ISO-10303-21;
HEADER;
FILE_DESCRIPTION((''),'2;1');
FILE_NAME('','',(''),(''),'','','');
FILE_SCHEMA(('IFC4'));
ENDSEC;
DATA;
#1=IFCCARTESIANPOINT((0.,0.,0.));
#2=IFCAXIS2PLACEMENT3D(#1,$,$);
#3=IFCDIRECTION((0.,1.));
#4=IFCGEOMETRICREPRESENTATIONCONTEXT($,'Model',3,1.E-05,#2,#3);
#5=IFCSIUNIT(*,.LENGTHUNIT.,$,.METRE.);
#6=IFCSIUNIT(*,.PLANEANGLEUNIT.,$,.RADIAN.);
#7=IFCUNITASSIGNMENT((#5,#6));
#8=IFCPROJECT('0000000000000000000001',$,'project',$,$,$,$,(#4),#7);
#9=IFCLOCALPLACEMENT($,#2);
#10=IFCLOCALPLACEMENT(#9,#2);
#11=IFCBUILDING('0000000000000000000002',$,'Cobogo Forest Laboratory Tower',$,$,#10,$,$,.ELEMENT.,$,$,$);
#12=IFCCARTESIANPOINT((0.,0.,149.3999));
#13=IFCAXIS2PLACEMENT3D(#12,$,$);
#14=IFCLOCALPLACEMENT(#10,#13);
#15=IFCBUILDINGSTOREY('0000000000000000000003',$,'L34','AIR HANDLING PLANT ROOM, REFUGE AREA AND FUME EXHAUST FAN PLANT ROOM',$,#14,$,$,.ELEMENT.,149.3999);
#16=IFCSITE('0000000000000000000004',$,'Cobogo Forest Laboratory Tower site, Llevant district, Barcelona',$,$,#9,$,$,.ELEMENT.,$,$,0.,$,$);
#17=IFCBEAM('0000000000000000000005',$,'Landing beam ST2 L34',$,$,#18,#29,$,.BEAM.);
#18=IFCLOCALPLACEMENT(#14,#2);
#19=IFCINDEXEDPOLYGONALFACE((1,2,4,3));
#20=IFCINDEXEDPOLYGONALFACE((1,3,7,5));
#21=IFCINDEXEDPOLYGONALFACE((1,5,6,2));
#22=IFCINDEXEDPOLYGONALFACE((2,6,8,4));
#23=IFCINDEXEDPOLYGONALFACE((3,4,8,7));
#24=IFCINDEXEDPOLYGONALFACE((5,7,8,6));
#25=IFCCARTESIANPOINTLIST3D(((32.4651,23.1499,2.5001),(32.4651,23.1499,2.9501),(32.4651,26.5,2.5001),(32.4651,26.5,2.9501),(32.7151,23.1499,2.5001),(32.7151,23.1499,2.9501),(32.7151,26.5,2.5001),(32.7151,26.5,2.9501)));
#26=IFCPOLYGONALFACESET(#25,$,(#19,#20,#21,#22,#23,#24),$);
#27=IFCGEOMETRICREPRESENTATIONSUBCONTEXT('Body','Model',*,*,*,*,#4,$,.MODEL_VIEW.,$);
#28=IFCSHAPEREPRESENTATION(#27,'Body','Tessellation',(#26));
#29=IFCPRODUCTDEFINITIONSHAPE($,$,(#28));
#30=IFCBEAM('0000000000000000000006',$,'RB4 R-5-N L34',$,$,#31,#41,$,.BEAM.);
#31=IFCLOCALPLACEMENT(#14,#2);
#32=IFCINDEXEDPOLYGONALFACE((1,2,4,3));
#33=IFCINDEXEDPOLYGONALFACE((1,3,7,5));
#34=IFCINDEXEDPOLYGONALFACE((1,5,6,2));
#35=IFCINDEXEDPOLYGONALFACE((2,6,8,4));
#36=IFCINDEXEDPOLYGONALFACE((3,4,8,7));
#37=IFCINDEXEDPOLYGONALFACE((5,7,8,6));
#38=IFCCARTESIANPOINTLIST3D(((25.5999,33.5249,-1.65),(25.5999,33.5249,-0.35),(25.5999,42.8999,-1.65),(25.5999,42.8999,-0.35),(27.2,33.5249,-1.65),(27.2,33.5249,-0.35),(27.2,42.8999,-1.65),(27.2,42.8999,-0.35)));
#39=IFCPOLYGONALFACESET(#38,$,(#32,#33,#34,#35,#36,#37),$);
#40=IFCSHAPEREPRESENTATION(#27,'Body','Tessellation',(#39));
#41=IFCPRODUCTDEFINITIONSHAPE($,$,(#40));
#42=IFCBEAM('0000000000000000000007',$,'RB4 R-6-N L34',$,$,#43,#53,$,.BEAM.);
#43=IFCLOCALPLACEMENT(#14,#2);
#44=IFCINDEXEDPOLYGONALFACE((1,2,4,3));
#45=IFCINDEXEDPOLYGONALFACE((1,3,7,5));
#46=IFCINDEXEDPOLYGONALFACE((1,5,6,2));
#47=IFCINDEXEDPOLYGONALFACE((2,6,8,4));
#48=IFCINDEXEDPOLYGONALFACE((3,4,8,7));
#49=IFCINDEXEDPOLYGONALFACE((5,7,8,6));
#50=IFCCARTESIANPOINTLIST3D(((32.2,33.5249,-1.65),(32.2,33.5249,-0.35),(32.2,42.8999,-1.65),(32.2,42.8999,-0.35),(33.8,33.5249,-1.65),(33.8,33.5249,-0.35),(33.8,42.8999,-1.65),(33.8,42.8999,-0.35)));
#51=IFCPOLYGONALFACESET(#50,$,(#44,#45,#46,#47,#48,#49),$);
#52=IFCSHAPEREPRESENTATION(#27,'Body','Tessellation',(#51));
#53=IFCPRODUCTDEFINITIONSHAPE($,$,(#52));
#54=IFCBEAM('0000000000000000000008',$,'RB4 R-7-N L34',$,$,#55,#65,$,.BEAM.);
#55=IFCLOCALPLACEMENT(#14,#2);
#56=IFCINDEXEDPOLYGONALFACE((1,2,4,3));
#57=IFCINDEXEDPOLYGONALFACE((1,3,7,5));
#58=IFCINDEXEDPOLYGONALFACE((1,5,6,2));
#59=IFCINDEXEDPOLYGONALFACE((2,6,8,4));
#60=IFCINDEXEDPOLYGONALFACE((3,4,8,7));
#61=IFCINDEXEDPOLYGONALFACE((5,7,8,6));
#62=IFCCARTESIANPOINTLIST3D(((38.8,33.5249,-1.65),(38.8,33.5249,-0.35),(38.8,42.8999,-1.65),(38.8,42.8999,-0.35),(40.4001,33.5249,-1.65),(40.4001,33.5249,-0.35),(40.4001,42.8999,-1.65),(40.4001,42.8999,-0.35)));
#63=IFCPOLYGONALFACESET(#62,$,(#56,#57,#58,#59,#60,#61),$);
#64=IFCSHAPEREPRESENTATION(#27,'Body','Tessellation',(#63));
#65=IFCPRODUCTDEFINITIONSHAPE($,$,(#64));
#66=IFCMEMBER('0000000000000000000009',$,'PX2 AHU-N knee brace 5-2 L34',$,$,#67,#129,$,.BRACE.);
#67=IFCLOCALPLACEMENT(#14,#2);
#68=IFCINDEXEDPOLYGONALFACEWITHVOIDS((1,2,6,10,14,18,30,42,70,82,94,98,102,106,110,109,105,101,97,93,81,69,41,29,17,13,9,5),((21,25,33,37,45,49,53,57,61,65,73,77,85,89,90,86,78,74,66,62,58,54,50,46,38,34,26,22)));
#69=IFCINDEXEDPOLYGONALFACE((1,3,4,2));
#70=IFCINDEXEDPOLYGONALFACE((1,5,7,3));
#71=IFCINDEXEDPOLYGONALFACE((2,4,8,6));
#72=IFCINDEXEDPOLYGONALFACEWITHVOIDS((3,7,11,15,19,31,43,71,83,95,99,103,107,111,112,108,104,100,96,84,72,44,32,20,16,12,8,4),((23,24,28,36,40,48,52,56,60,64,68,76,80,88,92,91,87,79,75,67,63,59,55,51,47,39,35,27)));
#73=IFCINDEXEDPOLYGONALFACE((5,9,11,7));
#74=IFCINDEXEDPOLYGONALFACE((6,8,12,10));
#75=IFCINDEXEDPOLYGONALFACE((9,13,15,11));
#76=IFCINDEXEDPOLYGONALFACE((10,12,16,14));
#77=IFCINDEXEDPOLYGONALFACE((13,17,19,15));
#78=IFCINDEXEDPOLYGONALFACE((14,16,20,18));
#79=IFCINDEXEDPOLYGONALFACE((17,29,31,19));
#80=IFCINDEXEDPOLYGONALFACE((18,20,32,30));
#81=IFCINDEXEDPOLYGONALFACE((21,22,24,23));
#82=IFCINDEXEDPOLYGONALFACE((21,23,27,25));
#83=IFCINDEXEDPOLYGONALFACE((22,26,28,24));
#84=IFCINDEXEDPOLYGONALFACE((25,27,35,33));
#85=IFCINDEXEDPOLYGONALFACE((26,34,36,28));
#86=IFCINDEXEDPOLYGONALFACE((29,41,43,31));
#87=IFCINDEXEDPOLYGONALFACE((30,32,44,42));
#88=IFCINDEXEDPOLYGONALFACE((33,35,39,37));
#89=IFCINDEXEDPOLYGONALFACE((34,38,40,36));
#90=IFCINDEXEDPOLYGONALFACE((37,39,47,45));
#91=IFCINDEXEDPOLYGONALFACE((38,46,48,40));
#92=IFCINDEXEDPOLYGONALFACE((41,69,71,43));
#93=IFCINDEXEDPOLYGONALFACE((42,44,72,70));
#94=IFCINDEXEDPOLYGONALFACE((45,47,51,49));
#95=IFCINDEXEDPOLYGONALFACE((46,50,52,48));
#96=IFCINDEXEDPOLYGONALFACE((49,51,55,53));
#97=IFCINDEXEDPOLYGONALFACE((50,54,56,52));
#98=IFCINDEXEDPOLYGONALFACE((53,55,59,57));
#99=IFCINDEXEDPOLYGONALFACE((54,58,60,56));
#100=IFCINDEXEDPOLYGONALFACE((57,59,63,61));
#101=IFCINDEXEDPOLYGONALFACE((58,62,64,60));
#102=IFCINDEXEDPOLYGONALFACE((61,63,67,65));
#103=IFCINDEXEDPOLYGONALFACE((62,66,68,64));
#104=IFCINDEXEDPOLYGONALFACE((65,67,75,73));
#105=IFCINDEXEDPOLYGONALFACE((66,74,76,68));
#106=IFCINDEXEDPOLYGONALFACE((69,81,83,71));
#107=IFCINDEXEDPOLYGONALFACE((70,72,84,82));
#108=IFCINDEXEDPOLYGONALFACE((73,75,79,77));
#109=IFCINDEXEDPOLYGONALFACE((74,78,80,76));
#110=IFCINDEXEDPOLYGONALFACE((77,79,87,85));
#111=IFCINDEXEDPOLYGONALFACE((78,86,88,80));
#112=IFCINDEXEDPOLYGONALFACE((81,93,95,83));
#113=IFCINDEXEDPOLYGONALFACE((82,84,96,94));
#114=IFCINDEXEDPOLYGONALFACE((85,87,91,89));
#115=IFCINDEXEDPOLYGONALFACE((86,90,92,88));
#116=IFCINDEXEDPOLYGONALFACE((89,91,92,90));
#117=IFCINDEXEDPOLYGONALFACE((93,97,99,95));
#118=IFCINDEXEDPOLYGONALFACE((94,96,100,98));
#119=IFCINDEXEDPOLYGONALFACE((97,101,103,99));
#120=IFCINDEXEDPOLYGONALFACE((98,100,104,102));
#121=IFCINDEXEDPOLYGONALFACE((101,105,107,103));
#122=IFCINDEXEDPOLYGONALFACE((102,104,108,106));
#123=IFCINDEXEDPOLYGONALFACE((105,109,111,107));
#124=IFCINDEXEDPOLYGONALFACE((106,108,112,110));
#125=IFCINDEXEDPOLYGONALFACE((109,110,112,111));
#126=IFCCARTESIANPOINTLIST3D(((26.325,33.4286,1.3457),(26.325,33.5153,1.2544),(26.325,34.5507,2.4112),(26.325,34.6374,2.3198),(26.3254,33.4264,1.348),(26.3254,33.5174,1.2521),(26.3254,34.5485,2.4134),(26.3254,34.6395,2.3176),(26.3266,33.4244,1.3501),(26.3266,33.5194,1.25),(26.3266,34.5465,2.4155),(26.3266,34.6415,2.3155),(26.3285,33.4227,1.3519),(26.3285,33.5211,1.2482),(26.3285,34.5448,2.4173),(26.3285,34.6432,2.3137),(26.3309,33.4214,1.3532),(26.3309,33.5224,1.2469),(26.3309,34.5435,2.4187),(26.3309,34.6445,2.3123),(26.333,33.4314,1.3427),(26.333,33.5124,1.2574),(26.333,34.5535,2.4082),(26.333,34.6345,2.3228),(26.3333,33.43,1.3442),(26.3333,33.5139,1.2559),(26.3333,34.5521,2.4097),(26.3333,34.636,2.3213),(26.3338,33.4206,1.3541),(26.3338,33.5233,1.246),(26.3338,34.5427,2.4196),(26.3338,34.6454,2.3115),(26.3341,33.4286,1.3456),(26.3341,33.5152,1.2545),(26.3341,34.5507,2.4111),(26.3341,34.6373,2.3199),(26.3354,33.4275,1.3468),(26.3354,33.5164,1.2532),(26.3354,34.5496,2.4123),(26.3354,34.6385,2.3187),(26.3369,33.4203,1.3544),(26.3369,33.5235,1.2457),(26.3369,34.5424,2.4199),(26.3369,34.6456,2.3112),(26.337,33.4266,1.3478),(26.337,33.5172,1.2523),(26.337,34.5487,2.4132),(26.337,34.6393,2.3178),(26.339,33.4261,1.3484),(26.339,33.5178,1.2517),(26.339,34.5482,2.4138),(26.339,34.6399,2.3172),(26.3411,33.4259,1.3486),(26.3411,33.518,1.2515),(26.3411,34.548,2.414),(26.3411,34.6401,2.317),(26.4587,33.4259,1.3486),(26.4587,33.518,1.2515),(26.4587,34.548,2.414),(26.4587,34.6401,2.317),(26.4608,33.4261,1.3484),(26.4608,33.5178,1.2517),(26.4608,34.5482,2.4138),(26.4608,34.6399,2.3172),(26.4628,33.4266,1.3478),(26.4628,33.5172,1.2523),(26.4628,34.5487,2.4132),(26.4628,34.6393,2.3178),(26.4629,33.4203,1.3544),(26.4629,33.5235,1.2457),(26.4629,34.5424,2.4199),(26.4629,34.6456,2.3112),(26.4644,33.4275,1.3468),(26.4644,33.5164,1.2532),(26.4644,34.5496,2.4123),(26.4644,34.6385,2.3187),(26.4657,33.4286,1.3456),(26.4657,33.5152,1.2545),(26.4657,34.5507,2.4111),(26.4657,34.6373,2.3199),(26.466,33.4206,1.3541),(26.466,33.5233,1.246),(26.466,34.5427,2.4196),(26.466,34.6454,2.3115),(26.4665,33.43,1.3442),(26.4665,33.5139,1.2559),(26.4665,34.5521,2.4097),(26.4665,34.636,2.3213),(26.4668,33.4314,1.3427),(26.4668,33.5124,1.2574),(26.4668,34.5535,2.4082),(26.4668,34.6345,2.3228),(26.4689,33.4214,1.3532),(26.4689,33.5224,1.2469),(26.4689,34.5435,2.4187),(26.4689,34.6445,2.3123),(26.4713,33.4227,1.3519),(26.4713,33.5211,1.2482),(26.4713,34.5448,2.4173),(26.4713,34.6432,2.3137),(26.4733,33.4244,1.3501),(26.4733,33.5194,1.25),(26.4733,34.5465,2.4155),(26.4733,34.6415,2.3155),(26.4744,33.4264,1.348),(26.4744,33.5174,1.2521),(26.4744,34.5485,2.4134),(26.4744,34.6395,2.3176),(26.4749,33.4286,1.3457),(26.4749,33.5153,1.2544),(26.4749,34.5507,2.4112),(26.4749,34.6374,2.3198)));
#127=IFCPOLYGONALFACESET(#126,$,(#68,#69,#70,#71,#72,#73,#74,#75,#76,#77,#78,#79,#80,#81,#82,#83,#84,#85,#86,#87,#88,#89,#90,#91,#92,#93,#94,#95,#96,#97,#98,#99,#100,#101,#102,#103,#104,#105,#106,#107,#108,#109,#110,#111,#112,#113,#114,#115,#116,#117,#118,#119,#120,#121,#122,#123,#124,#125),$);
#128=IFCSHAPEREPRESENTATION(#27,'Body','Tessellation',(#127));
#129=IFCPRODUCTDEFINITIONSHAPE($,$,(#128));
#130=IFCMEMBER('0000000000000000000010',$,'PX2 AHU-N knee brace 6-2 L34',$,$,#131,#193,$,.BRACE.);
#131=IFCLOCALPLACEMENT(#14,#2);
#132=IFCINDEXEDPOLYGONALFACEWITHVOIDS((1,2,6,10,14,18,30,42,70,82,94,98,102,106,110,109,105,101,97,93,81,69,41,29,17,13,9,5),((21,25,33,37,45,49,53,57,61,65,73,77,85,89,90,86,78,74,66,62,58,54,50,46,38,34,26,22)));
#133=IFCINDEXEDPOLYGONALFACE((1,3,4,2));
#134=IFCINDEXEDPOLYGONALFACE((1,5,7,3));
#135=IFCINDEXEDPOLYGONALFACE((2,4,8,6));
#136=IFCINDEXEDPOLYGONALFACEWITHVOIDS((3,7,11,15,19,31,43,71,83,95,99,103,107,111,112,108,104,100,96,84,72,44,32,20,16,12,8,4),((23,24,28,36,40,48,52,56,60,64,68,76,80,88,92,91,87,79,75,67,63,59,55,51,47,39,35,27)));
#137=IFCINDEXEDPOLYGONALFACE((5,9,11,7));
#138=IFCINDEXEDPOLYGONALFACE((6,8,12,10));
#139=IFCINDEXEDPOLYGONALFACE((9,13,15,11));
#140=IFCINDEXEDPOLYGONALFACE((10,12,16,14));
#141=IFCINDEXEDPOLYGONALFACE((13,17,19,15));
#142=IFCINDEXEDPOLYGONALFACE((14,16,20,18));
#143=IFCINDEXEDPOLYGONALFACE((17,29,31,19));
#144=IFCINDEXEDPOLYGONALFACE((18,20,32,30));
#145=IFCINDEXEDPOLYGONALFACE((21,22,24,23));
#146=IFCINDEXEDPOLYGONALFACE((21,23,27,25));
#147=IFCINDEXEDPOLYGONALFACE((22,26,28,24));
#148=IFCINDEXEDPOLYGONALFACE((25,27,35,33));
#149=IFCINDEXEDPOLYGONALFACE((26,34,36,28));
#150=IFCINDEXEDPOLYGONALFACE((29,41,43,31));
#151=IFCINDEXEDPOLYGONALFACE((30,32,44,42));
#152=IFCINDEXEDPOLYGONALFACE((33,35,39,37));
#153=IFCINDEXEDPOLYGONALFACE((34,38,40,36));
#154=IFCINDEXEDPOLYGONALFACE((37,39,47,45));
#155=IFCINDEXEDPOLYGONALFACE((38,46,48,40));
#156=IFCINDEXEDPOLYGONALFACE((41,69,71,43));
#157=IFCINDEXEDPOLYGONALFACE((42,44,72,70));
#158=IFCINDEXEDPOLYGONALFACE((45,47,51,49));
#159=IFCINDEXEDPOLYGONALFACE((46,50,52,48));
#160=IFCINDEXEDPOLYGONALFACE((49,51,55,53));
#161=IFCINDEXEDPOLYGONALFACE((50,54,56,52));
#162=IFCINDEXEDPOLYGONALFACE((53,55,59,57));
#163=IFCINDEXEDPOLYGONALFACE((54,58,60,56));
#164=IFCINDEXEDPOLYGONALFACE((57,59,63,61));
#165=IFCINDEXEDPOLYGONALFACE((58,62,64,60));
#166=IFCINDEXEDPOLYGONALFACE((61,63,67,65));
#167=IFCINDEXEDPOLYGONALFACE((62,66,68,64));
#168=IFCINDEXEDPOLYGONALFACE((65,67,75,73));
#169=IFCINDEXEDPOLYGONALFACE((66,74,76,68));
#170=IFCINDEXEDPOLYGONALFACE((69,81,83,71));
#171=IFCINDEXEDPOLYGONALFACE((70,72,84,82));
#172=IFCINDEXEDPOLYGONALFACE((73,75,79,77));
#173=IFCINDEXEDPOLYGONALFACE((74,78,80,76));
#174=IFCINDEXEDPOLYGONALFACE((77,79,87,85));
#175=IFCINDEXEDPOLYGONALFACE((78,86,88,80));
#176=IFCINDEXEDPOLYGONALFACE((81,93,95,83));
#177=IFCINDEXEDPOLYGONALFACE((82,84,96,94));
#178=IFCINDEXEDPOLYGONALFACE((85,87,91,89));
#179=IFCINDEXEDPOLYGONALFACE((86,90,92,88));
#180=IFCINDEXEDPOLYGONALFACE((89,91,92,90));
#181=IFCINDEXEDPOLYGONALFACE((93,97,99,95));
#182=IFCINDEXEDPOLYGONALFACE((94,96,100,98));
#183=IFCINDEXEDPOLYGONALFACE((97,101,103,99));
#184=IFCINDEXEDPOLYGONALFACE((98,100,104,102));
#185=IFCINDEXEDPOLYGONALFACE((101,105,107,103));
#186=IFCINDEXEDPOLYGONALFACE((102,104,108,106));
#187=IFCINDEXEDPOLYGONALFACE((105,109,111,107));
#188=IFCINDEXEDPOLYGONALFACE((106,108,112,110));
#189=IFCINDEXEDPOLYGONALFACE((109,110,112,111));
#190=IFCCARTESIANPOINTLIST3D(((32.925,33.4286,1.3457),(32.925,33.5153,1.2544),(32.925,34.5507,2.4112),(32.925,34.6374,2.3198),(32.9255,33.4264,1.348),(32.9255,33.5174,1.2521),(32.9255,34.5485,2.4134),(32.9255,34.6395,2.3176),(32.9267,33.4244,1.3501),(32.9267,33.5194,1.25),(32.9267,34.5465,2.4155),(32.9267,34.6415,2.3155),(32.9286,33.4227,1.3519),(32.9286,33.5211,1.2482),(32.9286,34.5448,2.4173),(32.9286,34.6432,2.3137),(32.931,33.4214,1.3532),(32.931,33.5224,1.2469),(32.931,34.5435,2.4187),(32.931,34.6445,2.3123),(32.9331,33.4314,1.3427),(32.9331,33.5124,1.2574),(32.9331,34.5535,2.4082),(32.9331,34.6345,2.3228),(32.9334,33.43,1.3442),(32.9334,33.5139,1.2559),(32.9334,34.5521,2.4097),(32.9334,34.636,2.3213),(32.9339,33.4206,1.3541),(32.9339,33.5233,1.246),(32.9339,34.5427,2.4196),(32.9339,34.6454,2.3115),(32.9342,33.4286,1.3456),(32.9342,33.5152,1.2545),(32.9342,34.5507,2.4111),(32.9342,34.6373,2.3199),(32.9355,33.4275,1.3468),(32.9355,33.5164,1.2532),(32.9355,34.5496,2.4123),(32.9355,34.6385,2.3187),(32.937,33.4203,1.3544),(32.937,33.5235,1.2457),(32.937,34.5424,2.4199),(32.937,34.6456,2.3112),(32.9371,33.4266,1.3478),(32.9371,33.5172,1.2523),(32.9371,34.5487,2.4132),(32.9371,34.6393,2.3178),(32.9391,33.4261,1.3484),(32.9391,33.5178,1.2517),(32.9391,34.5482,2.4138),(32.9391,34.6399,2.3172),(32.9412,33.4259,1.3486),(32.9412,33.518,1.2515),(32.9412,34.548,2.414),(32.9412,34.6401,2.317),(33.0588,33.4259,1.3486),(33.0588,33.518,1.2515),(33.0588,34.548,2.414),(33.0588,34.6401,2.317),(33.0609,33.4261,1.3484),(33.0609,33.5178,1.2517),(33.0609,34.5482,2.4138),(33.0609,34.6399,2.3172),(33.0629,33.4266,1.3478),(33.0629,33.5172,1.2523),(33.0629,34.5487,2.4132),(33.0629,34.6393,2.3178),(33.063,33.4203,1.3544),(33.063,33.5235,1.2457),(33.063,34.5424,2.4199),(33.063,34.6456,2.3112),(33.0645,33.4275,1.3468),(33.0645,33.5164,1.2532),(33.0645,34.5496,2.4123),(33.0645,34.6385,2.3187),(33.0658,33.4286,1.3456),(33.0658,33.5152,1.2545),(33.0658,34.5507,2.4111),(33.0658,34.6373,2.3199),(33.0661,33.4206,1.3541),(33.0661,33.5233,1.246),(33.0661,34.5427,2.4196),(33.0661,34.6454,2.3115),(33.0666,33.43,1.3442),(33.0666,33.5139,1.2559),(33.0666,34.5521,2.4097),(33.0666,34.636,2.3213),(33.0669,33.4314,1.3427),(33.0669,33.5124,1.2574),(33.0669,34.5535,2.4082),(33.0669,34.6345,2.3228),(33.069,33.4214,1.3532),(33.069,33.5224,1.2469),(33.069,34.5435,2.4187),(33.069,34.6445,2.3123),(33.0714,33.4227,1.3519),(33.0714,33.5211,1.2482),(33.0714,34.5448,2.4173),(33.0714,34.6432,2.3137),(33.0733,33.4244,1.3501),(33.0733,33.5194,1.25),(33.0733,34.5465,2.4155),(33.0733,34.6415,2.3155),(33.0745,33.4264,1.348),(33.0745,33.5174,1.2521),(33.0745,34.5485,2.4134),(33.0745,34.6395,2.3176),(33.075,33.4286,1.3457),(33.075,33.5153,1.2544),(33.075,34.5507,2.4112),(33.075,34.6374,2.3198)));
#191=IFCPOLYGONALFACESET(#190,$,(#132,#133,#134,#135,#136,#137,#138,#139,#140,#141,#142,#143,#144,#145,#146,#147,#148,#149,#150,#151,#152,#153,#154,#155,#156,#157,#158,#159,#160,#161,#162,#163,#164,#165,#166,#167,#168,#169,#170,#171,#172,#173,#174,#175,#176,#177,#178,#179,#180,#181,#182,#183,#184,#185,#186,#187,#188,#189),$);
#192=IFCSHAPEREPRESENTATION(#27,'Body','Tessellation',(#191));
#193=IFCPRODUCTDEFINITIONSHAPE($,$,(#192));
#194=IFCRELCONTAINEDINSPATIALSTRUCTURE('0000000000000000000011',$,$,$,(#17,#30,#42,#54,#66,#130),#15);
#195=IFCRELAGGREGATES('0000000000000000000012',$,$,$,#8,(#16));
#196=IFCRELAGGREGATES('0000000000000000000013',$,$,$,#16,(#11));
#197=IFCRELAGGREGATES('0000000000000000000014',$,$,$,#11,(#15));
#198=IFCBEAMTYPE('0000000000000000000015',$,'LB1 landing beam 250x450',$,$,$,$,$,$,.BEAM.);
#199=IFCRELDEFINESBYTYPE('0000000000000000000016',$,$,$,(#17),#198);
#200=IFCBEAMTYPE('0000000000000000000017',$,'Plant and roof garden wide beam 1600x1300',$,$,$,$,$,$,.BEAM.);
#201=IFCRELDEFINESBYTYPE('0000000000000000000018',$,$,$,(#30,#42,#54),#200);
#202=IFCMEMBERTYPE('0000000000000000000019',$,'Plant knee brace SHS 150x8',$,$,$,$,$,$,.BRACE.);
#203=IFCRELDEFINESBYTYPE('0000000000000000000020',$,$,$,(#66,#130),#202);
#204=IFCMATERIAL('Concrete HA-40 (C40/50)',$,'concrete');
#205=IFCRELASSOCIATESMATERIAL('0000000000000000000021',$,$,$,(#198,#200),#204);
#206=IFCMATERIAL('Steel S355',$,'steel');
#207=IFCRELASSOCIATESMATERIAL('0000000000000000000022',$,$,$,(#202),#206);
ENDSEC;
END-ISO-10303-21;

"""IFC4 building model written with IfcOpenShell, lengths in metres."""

from ifc_helpers import new_model, si_unit, direction, frame, origin, origin_2d, place, context, subcontext, project, spatial, rectangle, hollow_rectangle, extrude, material, material_profile, profile_set, type_object, element, save


model = new_model("IFC4")

# Units and contexts
model_context = context("Model", 3, precision=1e-05, world=origin(), true_north=direction((0.0, 1.0)))
body_context = subcontext(model_context, "Body", "Model", "MODEL_VIEW")
ifc_project = project(units=[si_unit("LENGTHUNIT", "METRE"), si_unit("PLANEANGLEUNIT", "RADIAN")], contexts=[model_context])

# Site, building, storey
site_placement = place(None, origin())
site = spatial("IfcSite", under=ifc_project, at=site_placement, Name="Cobogo Forest Laboratory Tower site, Llevant district, Barcelona", CompositionType="ELEMENT", RefElevation=0.0)
building_placement = place(site_placement, origin())
building = spatial("IfcBuilding", under=site, at=building_placement, Name="Cobogo Forest Laboratory Tower", CompositionType="ELEMENT")
storey_placement = place(building_placement, frame((0.0, 0.0, 149.3999)))
storey = spatial("IfcBuildingStorey", under=building, at=storey_placement, Name="L34", Description="AIR HANDLING PLANT ROOM, REFUGE AREA AND FUME EXHAUST FAN PLANT ROOM", CompositionType="ELEMENT", Elevation=149.3999)

# Beams
ifc_material_1 = material(Name="Concrete HA-40 (C40/50)", Category="concrete")
ifc_material_profile_1 = material_profile(ifc_material_1, rectangle(XDim=0.25, YDim=0.45, at=origin_2d()), Name="RC 250x450")
ifc_profile_set_1 = profile_set([ifc_material_profile_1], Name="Concrete HA-40 (C40/50)")
beam_type_1 = type_object("IfcBeamType", Name="LB1 landing beam 250x450", PredefinedType="BEAM", material=ifc_profile_set_1)
beam_placement = place(storey_placement, frame((32.5901, 23.1499, 2.7251), z_axis=(0.0, 1.0, 0.0), x_axis=(-1.0, 0.0, 0.0)))
element("IfcBeam", 1, at=beam_placement, inside=storey, type_object=beam_type_1, Name="Landing beam ST2 L34", PredefinedType="BEAM", context=body_context, shape_type="SweptSolid", body=[
    extrude(rectangle(XDim=0.25, YDim=0.45, at=origin_2d()), origin(), (0.0, 0.0, 1.0), 3.3501),
])
ifc_material_profile_2 = material_profile(ifc_material_1, rectangle(XDim=1.6001, YDim=1.3, at=origin_2d()), Name="RC 1600x1300")
ifc_profile_set_2 = profile_set([ifc_material_profile_2], Name="Concrete HA-40 (C40/50)")
beam_type_2 = type_object("IfcBeamType", Name="Plant and roof garden wide beam 1600x1300", PredefinedType="BEAM", material=ifc_profile_set_2)
for number, where, z_axis, x_axis, name in (
    (2, (26.3999, 33.5249, -1.0), (0.0, 1.0, 0.0), (-1.0, 0.0, 0.0), "RB4 R-5-N L34"),
    (3, (33.0, 33.5249, -1.0), (0.0, 1.0, 0.0), (-1.0, 0.0, 0.0), "RB4 R-6-N L34"),
    (4, (39.6001, 33.5249, -1.0), (0.0, 1.0, 0.0), (-1.0, 0.0, 0.0), "RB4 R-7-N L34"),
):
    element("IfcBeam", number, at=place(storey_placement, frame(where, z_axis=z_axis, x_axis=x_axis)), inside=storey, type_object=beam_type_2, Name=name, PredefinedType="BEAM", context=body_context, shape_type="SweptSolid", body=[
        extrude(rectangle(XDim=1.6001, YDim=1.3, at=origin_2d()), origin(), (0.0, 0.0, 1.0), 9.375),
    ])

# Members
ifc_material_2 = material(Name="Steel S355", Category="steel")
ifc_material_profile_3 = material_profile(ifc_material_2, hollow_rectangle(XDim=0.1499, YDim=0.1499, WallThickness=0.0081, InnerFilletRadius=0.0081, OuterFilletRadius=0.012, at=origin_2d()), Name="SHS 150x8")
ifc_profile_set_3 = profile_set([ifc_material_profile_3], Name="Steel S355")
member_type = type_object("IfcMemberType", Name="Plant knee brace SHS 150x8", PredefinedType="BRACE", material=ifc_profile_set_3)
for number, where, z_axis, x_axis, name in (
    (5, (26.3999, 33.4719, 1.3), (0.0, 0.725173, 0.688567), (-1.0, 0.0, 0.0), "PX2 AHU-N knee brace 5-2 L34"),
    (6, (33.0, 33.4719, 1.3), (0.0, 0.725173, 0.688567), (-1.0, 0.0, 0.0), "PX2 AHU-N knee brace 6-2 L34"),
):
    element("IfcMember", number, at=place(storey_placement, frame(where, z_axis=z_axis, x_axis=x_axis)), inside=storey, type_object=member_type, Name=name, PredefinedType="BRACE", context=body_context, shape_type="SweptSolid", body=[
        extrude(hollow_rectangle(XDim=0.1499, YDim=0.1499, WallThickness=0.0081, InnerFilletRadius=0.0081, OuterFilletRadius=0.012, at=origin_2d()), origin(), (0.0, 0.0, 1.0), 1.5474),
    ])

save(model, "model.ifc")
